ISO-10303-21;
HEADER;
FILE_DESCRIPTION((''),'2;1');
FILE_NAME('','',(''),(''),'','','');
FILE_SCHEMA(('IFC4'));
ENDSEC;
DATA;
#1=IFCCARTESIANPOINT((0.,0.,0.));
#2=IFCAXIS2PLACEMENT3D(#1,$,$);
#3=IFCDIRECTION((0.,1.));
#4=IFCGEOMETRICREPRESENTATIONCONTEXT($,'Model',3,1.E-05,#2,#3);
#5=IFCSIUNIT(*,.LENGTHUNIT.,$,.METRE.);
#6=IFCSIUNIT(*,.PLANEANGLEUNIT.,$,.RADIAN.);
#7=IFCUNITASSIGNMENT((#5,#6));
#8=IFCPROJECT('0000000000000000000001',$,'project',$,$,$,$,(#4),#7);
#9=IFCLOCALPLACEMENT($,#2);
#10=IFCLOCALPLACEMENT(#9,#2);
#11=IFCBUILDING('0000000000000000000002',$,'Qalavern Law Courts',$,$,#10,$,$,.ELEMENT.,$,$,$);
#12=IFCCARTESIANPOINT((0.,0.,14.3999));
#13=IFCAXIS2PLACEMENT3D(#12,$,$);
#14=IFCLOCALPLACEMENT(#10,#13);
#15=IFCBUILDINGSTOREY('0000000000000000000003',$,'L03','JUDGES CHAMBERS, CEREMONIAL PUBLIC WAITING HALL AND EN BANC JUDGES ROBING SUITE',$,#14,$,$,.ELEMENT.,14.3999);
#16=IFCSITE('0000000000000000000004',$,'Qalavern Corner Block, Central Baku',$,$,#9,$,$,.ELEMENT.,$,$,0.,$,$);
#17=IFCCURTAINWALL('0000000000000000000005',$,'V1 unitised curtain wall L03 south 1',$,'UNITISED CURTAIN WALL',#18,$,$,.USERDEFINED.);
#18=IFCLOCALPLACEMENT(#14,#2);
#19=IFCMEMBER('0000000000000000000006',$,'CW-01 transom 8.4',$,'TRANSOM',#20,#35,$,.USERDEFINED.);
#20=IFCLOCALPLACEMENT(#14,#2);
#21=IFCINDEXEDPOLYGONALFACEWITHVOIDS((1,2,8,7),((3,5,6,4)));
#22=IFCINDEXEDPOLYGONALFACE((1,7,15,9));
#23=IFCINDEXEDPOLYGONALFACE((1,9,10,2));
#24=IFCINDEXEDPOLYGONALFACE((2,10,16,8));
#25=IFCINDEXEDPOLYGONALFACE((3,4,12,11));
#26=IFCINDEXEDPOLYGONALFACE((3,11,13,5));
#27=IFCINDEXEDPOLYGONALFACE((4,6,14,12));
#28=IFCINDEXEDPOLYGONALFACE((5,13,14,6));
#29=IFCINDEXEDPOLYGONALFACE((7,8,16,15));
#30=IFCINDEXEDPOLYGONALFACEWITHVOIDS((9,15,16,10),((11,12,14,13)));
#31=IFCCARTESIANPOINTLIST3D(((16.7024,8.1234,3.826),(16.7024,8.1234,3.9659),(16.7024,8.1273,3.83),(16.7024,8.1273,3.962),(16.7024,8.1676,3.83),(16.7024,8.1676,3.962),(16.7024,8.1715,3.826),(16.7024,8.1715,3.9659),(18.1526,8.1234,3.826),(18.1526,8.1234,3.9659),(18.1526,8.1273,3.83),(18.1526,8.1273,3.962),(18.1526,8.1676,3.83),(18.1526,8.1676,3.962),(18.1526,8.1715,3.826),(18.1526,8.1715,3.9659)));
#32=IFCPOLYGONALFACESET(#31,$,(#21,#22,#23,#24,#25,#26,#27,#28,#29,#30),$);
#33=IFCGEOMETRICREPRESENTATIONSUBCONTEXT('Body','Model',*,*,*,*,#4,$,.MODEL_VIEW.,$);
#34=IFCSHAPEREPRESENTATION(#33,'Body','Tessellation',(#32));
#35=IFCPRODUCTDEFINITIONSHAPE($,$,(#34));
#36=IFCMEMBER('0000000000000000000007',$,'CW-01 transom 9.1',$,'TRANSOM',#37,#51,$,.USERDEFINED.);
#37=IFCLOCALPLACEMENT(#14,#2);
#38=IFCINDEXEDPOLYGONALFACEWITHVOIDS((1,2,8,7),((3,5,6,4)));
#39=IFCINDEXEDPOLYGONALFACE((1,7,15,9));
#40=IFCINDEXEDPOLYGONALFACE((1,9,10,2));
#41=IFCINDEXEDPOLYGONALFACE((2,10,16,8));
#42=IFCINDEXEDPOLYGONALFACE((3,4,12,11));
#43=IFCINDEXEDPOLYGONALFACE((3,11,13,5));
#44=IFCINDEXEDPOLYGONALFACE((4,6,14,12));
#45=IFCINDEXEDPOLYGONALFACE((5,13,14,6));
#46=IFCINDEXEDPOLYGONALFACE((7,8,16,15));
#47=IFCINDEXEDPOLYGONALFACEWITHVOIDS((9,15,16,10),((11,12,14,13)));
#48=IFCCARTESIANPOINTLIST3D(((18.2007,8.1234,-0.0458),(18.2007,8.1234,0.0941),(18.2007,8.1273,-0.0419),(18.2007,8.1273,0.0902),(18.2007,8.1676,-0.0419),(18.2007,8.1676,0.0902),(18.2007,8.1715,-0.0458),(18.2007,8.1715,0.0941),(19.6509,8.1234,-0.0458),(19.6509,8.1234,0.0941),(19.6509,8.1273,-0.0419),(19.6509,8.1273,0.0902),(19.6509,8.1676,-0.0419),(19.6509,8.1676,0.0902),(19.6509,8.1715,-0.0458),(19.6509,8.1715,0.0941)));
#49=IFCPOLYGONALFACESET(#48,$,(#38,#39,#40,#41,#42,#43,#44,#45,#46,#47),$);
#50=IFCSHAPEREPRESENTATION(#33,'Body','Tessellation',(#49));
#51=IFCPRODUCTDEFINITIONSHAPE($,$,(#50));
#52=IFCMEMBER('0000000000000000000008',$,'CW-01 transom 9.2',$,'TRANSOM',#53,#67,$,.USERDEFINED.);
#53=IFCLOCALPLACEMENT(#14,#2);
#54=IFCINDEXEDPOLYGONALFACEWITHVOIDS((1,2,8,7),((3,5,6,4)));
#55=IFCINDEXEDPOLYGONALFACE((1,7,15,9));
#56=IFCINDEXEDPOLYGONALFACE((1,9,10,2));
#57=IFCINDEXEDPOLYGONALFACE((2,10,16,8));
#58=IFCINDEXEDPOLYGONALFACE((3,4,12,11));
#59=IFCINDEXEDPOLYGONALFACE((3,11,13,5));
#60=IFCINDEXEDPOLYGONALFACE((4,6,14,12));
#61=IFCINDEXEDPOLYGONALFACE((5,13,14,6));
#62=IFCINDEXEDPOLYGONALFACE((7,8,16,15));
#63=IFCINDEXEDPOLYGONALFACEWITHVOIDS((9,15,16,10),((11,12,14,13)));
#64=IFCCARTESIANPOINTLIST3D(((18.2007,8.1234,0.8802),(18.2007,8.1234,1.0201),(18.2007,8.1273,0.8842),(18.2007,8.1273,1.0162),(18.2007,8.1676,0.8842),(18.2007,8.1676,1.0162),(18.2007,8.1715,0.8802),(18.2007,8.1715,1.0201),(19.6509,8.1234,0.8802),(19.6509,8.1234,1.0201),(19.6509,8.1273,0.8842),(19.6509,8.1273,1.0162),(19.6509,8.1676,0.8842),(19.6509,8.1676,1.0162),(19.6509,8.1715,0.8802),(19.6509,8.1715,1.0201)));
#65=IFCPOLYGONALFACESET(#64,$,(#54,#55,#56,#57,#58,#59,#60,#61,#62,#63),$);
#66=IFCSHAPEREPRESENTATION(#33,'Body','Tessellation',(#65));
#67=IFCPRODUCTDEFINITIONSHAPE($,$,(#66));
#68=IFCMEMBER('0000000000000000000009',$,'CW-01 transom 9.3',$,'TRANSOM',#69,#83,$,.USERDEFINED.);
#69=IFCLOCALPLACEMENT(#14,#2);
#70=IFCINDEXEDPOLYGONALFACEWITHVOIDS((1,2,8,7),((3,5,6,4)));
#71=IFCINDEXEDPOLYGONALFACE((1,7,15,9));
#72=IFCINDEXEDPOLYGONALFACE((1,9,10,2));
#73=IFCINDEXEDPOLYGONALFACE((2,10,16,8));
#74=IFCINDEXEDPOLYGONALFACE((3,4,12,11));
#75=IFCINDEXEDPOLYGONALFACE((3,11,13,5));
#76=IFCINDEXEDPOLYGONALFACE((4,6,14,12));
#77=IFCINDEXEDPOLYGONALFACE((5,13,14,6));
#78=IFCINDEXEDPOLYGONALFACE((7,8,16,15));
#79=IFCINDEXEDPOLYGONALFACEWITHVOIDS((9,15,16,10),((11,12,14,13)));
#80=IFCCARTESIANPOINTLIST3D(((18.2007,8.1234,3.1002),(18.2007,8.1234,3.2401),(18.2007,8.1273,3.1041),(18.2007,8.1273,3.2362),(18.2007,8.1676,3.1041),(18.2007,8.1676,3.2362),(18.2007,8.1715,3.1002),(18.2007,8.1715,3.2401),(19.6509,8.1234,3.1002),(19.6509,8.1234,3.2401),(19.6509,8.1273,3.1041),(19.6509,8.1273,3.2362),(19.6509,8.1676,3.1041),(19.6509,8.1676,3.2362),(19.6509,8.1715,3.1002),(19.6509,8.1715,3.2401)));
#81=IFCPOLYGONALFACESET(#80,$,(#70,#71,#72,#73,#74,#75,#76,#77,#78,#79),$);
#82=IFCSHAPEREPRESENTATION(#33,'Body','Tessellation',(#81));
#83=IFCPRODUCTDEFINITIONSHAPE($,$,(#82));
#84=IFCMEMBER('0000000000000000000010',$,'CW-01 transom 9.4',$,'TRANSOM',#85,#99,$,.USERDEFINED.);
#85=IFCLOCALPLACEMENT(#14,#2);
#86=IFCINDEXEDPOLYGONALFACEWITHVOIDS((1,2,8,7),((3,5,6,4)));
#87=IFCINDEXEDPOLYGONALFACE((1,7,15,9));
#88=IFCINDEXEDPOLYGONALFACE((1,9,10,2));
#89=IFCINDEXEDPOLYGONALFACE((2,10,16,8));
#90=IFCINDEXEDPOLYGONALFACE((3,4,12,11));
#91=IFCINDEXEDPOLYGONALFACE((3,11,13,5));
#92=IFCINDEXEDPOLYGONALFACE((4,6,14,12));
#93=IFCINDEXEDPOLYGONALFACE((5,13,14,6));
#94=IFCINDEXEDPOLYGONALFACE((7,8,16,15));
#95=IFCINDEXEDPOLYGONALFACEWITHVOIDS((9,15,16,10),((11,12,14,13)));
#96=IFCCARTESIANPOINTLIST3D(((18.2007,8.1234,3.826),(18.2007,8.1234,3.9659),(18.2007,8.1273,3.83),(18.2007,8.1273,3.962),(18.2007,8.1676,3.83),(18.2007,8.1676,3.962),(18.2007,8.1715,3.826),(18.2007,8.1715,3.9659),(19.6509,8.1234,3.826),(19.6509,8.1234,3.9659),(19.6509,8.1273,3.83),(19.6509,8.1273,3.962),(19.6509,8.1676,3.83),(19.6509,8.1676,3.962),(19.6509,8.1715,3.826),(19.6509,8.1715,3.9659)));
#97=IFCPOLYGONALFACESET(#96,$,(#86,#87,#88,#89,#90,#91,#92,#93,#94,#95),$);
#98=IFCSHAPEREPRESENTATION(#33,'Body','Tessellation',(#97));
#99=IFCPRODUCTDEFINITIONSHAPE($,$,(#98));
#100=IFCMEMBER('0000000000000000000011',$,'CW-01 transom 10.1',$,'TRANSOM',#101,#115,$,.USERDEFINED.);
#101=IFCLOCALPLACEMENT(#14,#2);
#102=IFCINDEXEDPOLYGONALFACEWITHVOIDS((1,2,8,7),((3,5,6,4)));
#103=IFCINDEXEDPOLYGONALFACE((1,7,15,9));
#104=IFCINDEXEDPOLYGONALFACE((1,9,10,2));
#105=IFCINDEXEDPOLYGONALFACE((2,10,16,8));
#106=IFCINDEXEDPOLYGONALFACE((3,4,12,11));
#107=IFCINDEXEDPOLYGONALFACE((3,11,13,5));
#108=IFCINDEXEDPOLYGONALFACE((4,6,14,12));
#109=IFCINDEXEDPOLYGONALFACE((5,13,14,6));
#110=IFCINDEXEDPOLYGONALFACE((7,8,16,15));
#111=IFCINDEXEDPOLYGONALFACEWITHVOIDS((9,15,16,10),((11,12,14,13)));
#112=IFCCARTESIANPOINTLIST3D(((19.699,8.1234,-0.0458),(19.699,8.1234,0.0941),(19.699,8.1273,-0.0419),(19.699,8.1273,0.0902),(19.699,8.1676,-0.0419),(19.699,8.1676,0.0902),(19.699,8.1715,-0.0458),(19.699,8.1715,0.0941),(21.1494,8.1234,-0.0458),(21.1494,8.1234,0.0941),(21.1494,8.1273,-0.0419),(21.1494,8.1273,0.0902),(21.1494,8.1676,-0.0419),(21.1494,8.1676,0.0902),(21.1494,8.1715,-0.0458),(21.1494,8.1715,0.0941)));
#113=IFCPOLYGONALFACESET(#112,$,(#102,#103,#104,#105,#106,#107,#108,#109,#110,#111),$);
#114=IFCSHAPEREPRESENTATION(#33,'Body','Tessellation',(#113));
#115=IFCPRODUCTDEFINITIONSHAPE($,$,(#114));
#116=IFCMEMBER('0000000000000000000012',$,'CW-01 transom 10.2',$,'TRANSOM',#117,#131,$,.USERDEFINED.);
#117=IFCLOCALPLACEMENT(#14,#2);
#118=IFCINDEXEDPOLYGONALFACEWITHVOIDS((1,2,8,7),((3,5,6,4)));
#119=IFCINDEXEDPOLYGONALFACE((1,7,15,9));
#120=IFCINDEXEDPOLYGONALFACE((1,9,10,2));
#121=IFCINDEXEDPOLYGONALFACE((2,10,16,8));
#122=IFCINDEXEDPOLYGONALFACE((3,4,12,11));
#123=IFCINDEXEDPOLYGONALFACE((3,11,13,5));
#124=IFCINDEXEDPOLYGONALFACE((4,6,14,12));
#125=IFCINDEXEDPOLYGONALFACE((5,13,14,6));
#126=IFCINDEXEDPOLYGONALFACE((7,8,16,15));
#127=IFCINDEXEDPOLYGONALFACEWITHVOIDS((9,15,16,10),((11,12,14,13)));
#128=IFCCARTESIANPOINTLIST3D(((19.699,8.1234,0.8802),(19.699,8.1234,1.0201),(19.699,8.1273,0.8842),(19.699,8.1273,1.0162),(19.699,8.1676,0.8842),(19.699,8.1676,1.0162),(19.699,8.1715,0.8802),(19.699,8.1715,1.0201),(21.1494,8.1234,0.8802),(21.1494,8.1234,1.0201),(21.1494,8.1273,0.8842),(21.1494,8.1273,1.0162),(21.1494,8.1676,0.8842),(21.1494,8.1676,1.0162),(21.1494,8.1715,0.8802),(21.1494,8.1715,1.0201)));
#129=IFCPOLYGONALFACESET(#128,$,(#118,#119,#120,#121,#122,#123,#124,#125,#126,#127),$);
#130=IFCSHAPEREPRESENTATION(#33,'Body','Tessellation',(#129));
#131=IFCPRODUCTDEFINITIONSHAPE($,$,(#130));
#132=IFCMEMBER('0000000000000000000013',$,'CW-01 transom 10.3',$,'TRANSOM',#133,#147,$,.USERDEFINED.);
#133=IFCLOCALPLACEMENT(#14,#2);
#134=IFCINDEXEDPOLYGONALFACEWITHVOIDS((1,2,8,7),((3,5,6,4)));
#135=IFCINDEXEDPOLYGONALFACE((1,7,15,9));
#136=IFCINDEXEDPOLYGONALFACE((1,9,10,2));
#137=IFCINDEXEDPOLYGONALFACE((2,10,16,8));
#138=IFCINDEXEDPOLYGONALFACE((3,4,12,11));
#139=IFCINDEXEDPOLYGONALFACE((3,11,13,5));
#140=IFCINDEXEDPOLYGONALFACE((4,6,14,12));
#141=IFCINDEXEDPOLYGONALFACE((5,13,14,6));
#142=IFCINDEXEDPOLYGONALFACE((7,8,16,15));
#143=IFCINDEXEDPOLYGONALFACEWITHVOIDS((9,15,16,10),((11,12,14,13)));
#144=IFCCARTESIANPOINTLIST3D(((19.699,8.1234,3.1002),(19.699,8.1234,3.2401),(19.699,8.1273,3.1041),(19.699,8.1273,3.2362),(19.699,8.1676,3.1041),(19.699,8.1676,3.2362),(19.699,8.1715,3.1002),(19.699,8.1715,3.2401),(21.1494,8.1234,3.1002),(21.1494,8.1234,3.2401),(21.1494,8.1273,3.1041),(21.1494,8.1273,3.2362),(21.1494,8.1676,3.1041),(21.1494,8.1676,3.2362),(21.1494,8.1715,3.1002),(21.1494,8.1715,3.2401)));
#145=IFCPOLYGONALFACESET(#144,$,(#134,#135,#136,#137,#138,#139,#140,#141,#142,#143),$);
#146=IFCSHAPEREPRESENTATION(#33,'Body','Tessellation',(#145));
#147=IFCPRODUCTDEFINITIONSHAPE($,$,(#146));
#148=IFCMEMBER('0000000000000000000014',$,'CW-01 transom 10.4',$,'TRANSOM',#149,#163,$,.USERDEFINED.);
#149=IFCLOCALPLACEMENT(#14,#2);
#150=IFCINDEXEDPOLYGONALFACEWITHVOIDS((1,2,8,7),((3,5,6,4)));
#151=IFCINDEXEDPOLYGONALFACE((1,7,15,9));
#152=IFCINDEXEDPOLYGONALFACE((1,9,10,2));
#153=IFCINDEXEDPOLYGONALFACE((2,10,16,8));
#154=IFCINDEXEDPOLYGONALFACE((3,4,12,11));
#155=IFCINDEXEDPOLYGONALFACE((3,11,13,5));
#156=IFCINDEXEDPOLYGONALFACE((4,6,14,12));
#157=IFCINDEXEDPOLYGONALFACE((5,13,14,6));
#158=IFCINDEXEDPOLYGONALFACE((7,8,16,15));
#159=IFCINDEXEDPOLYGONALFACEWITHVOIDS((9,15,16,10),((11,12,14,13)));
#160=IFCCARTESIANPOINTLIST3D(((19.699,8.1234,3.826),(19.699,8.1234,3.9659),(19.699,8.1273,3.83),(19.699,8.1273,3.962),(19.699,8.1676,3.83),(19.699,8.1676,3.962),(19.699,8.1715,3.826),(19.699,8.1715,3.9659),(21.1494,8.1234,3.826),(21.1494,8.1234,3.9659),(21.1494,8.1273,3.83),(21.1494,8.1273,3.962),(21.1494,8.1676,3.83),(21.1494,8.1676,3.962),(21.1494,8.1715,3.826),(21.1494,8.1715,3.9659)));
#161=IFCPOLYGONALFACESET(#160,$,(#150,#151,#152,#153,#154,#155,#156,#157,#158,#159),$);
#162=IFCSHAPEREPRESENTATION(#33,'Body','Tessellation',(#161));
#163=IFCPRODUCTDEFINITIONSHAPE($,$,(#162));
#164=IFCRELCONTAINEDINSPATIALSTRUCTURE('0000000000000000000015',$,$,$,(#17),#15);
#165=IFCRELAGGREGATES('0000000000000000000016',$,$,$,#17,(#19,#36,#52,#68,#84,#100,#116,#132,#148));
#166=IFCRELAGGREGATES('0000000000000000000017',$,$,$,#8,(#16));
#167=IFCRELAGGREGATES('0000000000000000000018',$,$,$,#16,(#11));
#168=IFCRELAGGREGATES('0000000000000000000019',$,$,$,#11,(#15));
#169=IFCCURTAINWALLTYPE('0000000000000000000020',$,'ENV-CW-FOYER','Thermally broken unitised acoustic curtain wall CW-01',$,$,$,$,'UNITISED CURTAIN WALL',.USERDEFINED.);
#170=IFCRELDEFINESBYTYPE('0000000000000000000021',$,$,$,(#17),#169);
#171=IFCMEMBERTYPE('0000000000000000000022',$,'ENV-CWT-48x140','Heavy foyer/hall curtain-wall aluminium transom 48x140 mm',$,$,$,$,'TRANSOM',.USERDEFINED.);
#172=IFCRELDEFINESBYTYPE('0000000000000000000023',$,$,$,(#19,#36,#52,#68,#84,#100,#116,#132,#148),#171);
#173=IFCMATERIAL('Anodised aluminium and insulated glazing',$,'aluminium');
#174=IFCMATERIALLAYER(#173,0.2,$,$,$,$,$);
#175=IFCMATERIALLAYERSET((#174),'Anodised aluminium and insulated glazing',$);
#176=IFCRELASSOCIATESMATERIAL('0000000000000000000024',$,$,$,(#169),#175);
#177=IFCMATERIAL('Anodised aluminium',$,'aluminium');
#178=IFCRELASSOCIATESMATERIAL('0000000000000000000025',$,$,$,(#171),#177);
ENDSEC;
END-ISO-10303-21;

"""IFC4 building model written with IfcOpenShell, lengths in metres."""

from ifc_helpers import new_model, si_unit, direction, frame, origin, origin_2d, place, context, subcontext, project, spatial, hollow_rectangle, extrude, material, layer, layer_set, material_profile, profile_set, type_object, element, aggregate, save


model = new_model("IFC4")

# Units and contexts
model_context = context("Model", 3, precision=1e-05, world=origin(), true_north=direction((0.0, 1.0)))
body_context = subcontext(model_context, "Body", "Model", "MODEL_VIEW")
ifc_project = project(units=[si_unit("LENGTHUNIT", "METRE"), si_unit("PLANEANGLEUNIT", "RADIAN")], contexts=[model_context])

# Site, building, storey
site_placement = place(None, origin())
site = spatial("IfcSite", under=ifc_project, at=site_placement, Name="Qalavern Corner Block, Central Baku", CompositionType="ELEMENT", RefElevation=0.0)
building_placement = place(site_placement, origin())
building = spatial("IfcBuilding", under=site, at=building_placement, Name="Qalavern Law Courts", CompositionType="ELEMENT")
storey_placement = place(building_placement, frame((0.0, 0.0, 14.3999)))
storey = spatial("IfcBuildingStorey", under=building, at=storey_placement, Name="L03", Description="JUDGES CHAMBERS, CEREMONIAL PUBLIC WAITING HALL AND EN BANC JUDGES ROBING SUITE", CompositionType="ELEMENT", Elevation=14.3999)

# Curtain wall, members
ifc_material_1 = material(Name="Anodised aluminium and insulated glazing", Category="aluminium")
ifc_layer_1 = layer(ifc_material_1, 0.2)
ifc_layer_set_1 = layer_set([ifc_layer_1], Name="Anodised aluminium and insulated glazing")
curtain_wall_type = type_object("IfcCurtainWallType", Name="ENV-CW-FOYER", Description="Thermally broken unitised acoustic curtain wall CW-01", ElementType="UNITISED CURTAIN WALL", PredefinedType="USERDEFINED", material=ifc_layer_set_1)
curtain_wall_placement = place(storey_placement, origin())
curtain_wall = element("IfcCurtainWall", 1, at=curtain_wall_placement, inside=storey, type_object=curtain_wall_type, Name="V1 unitised curtain wall L03 south 1", ObjectType="UNITISED CURTAIN WALL", PredefinedType="USERDEFINED")
ifc_material_2 = material(Name="Anodised aluminium", Category="aluminium")
ifc_material_profile_1 = material_profile(ifc_material_2, hollow_rectangle(XDim=0.0481, YDim=0.1399, WallThickness=0.0039, at=origin_2d()), Name="ALU TRANSOM 48x140")
ifc_profile_set_1 = profile_set([ifc_material_profile_1], Name="Anodised aluminium")
member_type_1 = type_object("IfcMemberType", Name="ENV-CWT-48x140", Description="Heavy foyer/hall curtain-wall aluminium transom 48x140 mm", ElementType="TRANSOM", PredefinedType="USERDEFINED", material=ifc_profile_set_1)
member_1_placement = place(storey_placement, frame((16.7024, 8.1475, 3.896), z_axis=(1.0, 0.0, 0.0), x_axis=(0.0, 1.0, 0.0)))
member_1 = element("IfcMember", 2, at=member_1_placement, type_object=member_type_1, Name="CW-01 transom 8.4", ObjectType="TRANSOM", PredefinedType="USERDEFINED", context=body_context, shape_type="SweptSolid", body=[
    extrude(hollow_rectangle(XDim=0.0481, YDim=0.1399, WallThickness=0.0039, at=origin_2d()), origin(), (0.0, 0.0, 1.0), 1.4502),
])
member_2_placement = place(storey_placement, frame((18.2007, 8.1475, 0.0242), z_axis=(1.0, 0.0, 0.0), x_axis=(0.0, 1.0, 0.0)))
member_2 = element("IfcMember", 3, at=member_2_placement, type_object=member_type_1, Name="CW-01 transom 9.1", ObjectType="TRANSOM", PredefinedType="USERDEFINED", context=body_context, shape_type="SweptSolid", body=[
    extrude(hollow_rectangle(XDim=0.0481, YDim=0.1399, WallThickness=0.0039, at=origin_2d()), origin(), (0.0, 0.0, 1.0), 1.4502),
])
member_3_placement = place(storey_placement, frame((18.2007, 8.1475, 0.9502), z_axis=(1.0, 0.0, 0.0), x_axis=(0.0, 1.0, 0.0)))
member_3 = element("IfcMember", 4, at=member_3_placement, type_object=member_type_1, Name="CW-01 transom 9.2", ObjectType="TRANSOM", PredefinedType="USERDEFINED", context=body_context, shape_type="SweptSolid", body=[
    extrude(hollow_rectangle(XDim=0.0481, YDim=0.1399, WallThickness=0.0039, at=origin_2d()), origin(), (0.0, 0.0, 1.0), 1.4502),
])
member_4_placement = place(storey_placement, frame((18.2007, 8.1475, 3.1702), z_axis=(1.0, 0.0, 0.0), x_axis=(0.0, 1.0, 0.0)))
member_4 = element("IfcMember", 5, at=member_4_placement, type_object=member_type_1, Name="CW-01 transom 9.3", ObjectType="TRANSOM", PredefinedType="USERDEFINED", context=body_context, shape_type="SweptSolid", body=[
    extrude(hollow_rectangle(XDim=0.0481, YDim=0.1399, WallThickness=0.0039, at=origin_2d()), origin(), (0.0, 0.0, 1.0), 1.4502),
])
member_5_placement = place(storey_placement, frame((18.2007, 8.1475, 3.896), z_axis=(1.0, 0.0, 0.0), x_axis=(0.0, 1.0, 0.0)))
member_5 = element("IfcMember", 6, at=member_5_placement, type_object=member_type_1, Name="CW-01 transom 9.4", ObjectType="TRANSOM", PredefinedType="USERDEFINED", context=body_context, shape_type="SweptSolid", body=[
    extrude(hollow_rectangle(XDim=0.0481, YDim=0.1399, WallThickness=0.0039, at=origin_2d()), origin(), (0.0, 0.0, 1.0), 1.4502),
])
member_6_placement = place(storey_placement, frame((19.699, 8.1475, 0.0242), z_axis=(1.0, 0.0, 0.0), x_axis=(0.0, 1.0, 0.0)))
member_6 = element("IfcMember", 7, at=member_6_placement, type_object=member_type_1, Name="CW-01 transom 10.1", ObjectType="TRANSOM", PredefinedType="USERDEFINED", context=body_context, shape_type="SweptSolid", body=[
    extrude(hollow_rectangle(XDim=0.0481, YDim=0.1399, WallThickness=0.0039, at=origin_2d()), origin(), (0.0, 0.0, 1.0), 1.4504),
])
member_7_placement = place(storey_placement, frame((19.699, 8.1475, 0.9502), z_axis=(1.0, 0.0, 0.0), x_axis=(0.0, 1.0, 0.0)))
member_7 = element("IfcMember", 8, at=member_7_placement, type_object=member_type_1, Name="CW-01 transom 10.2", ObjectType="TRANSOM", PredefinedType="USERDEFINED", context=body_context, shape_type="SweptSolid", body=[
    extrude(hollow_rectangle(XDim=0.0481, YDim=0.1399, WallThickness=0.0039, at=origin_2d()), origin(), (0.0, 0.0, 1.0), 1.4504),
])
member_8_placement = place(storey_placement, frame((19.699, 8.1475, 3.1702), z_axis=(1.0, 0.0, 0.0), x_axis=(0.0, 1.0, 0.0)))
member_8 = element("IfcMember", 9, at=member_8_placement, type_object=member_type_1, Name="CW-01 transom 10.3", ObjectType="TRANSOM", PredefinedType="USERDEFINED", context=body_context, shape_type="SweptSolid", body=[
    extrude(hollow_rectangle(XDim=0.0481, YDim=0.1399, WallThickness=0.0039, at=origin_2d()), origin(), (0.0, 0.0, 1.0), 1.4504),
])
member_9_placement = place(storey_placement, frame((19.699, 8.1475, 3.896), z_axis=(1.0, 0.0, 0.0), x_axis=(0.0, 1.0, 0.0)))
member_9 = element("IfcMember", 10, at=member_9_placement, type_object=member_type_1, Name="CW-01 transom 10.4", ObjectType="TRANSOM", PredefinedType="USERDEFINED", context=body_context, shape_type="SweptSolid", body=[
    extrude(hollow_rectangle(XDim=0.0481, YDim=0.1399, WallThickness=0.0039, at=origin_2d()), origin(), (0.0, 0.0, 1.0), 1.4504),
])

aggregate(curtain_wall, [member_1, member_2, member_3, member_4, member_5, member_6, member_7, member_8, member_9])

save(model, "model.ifc")
